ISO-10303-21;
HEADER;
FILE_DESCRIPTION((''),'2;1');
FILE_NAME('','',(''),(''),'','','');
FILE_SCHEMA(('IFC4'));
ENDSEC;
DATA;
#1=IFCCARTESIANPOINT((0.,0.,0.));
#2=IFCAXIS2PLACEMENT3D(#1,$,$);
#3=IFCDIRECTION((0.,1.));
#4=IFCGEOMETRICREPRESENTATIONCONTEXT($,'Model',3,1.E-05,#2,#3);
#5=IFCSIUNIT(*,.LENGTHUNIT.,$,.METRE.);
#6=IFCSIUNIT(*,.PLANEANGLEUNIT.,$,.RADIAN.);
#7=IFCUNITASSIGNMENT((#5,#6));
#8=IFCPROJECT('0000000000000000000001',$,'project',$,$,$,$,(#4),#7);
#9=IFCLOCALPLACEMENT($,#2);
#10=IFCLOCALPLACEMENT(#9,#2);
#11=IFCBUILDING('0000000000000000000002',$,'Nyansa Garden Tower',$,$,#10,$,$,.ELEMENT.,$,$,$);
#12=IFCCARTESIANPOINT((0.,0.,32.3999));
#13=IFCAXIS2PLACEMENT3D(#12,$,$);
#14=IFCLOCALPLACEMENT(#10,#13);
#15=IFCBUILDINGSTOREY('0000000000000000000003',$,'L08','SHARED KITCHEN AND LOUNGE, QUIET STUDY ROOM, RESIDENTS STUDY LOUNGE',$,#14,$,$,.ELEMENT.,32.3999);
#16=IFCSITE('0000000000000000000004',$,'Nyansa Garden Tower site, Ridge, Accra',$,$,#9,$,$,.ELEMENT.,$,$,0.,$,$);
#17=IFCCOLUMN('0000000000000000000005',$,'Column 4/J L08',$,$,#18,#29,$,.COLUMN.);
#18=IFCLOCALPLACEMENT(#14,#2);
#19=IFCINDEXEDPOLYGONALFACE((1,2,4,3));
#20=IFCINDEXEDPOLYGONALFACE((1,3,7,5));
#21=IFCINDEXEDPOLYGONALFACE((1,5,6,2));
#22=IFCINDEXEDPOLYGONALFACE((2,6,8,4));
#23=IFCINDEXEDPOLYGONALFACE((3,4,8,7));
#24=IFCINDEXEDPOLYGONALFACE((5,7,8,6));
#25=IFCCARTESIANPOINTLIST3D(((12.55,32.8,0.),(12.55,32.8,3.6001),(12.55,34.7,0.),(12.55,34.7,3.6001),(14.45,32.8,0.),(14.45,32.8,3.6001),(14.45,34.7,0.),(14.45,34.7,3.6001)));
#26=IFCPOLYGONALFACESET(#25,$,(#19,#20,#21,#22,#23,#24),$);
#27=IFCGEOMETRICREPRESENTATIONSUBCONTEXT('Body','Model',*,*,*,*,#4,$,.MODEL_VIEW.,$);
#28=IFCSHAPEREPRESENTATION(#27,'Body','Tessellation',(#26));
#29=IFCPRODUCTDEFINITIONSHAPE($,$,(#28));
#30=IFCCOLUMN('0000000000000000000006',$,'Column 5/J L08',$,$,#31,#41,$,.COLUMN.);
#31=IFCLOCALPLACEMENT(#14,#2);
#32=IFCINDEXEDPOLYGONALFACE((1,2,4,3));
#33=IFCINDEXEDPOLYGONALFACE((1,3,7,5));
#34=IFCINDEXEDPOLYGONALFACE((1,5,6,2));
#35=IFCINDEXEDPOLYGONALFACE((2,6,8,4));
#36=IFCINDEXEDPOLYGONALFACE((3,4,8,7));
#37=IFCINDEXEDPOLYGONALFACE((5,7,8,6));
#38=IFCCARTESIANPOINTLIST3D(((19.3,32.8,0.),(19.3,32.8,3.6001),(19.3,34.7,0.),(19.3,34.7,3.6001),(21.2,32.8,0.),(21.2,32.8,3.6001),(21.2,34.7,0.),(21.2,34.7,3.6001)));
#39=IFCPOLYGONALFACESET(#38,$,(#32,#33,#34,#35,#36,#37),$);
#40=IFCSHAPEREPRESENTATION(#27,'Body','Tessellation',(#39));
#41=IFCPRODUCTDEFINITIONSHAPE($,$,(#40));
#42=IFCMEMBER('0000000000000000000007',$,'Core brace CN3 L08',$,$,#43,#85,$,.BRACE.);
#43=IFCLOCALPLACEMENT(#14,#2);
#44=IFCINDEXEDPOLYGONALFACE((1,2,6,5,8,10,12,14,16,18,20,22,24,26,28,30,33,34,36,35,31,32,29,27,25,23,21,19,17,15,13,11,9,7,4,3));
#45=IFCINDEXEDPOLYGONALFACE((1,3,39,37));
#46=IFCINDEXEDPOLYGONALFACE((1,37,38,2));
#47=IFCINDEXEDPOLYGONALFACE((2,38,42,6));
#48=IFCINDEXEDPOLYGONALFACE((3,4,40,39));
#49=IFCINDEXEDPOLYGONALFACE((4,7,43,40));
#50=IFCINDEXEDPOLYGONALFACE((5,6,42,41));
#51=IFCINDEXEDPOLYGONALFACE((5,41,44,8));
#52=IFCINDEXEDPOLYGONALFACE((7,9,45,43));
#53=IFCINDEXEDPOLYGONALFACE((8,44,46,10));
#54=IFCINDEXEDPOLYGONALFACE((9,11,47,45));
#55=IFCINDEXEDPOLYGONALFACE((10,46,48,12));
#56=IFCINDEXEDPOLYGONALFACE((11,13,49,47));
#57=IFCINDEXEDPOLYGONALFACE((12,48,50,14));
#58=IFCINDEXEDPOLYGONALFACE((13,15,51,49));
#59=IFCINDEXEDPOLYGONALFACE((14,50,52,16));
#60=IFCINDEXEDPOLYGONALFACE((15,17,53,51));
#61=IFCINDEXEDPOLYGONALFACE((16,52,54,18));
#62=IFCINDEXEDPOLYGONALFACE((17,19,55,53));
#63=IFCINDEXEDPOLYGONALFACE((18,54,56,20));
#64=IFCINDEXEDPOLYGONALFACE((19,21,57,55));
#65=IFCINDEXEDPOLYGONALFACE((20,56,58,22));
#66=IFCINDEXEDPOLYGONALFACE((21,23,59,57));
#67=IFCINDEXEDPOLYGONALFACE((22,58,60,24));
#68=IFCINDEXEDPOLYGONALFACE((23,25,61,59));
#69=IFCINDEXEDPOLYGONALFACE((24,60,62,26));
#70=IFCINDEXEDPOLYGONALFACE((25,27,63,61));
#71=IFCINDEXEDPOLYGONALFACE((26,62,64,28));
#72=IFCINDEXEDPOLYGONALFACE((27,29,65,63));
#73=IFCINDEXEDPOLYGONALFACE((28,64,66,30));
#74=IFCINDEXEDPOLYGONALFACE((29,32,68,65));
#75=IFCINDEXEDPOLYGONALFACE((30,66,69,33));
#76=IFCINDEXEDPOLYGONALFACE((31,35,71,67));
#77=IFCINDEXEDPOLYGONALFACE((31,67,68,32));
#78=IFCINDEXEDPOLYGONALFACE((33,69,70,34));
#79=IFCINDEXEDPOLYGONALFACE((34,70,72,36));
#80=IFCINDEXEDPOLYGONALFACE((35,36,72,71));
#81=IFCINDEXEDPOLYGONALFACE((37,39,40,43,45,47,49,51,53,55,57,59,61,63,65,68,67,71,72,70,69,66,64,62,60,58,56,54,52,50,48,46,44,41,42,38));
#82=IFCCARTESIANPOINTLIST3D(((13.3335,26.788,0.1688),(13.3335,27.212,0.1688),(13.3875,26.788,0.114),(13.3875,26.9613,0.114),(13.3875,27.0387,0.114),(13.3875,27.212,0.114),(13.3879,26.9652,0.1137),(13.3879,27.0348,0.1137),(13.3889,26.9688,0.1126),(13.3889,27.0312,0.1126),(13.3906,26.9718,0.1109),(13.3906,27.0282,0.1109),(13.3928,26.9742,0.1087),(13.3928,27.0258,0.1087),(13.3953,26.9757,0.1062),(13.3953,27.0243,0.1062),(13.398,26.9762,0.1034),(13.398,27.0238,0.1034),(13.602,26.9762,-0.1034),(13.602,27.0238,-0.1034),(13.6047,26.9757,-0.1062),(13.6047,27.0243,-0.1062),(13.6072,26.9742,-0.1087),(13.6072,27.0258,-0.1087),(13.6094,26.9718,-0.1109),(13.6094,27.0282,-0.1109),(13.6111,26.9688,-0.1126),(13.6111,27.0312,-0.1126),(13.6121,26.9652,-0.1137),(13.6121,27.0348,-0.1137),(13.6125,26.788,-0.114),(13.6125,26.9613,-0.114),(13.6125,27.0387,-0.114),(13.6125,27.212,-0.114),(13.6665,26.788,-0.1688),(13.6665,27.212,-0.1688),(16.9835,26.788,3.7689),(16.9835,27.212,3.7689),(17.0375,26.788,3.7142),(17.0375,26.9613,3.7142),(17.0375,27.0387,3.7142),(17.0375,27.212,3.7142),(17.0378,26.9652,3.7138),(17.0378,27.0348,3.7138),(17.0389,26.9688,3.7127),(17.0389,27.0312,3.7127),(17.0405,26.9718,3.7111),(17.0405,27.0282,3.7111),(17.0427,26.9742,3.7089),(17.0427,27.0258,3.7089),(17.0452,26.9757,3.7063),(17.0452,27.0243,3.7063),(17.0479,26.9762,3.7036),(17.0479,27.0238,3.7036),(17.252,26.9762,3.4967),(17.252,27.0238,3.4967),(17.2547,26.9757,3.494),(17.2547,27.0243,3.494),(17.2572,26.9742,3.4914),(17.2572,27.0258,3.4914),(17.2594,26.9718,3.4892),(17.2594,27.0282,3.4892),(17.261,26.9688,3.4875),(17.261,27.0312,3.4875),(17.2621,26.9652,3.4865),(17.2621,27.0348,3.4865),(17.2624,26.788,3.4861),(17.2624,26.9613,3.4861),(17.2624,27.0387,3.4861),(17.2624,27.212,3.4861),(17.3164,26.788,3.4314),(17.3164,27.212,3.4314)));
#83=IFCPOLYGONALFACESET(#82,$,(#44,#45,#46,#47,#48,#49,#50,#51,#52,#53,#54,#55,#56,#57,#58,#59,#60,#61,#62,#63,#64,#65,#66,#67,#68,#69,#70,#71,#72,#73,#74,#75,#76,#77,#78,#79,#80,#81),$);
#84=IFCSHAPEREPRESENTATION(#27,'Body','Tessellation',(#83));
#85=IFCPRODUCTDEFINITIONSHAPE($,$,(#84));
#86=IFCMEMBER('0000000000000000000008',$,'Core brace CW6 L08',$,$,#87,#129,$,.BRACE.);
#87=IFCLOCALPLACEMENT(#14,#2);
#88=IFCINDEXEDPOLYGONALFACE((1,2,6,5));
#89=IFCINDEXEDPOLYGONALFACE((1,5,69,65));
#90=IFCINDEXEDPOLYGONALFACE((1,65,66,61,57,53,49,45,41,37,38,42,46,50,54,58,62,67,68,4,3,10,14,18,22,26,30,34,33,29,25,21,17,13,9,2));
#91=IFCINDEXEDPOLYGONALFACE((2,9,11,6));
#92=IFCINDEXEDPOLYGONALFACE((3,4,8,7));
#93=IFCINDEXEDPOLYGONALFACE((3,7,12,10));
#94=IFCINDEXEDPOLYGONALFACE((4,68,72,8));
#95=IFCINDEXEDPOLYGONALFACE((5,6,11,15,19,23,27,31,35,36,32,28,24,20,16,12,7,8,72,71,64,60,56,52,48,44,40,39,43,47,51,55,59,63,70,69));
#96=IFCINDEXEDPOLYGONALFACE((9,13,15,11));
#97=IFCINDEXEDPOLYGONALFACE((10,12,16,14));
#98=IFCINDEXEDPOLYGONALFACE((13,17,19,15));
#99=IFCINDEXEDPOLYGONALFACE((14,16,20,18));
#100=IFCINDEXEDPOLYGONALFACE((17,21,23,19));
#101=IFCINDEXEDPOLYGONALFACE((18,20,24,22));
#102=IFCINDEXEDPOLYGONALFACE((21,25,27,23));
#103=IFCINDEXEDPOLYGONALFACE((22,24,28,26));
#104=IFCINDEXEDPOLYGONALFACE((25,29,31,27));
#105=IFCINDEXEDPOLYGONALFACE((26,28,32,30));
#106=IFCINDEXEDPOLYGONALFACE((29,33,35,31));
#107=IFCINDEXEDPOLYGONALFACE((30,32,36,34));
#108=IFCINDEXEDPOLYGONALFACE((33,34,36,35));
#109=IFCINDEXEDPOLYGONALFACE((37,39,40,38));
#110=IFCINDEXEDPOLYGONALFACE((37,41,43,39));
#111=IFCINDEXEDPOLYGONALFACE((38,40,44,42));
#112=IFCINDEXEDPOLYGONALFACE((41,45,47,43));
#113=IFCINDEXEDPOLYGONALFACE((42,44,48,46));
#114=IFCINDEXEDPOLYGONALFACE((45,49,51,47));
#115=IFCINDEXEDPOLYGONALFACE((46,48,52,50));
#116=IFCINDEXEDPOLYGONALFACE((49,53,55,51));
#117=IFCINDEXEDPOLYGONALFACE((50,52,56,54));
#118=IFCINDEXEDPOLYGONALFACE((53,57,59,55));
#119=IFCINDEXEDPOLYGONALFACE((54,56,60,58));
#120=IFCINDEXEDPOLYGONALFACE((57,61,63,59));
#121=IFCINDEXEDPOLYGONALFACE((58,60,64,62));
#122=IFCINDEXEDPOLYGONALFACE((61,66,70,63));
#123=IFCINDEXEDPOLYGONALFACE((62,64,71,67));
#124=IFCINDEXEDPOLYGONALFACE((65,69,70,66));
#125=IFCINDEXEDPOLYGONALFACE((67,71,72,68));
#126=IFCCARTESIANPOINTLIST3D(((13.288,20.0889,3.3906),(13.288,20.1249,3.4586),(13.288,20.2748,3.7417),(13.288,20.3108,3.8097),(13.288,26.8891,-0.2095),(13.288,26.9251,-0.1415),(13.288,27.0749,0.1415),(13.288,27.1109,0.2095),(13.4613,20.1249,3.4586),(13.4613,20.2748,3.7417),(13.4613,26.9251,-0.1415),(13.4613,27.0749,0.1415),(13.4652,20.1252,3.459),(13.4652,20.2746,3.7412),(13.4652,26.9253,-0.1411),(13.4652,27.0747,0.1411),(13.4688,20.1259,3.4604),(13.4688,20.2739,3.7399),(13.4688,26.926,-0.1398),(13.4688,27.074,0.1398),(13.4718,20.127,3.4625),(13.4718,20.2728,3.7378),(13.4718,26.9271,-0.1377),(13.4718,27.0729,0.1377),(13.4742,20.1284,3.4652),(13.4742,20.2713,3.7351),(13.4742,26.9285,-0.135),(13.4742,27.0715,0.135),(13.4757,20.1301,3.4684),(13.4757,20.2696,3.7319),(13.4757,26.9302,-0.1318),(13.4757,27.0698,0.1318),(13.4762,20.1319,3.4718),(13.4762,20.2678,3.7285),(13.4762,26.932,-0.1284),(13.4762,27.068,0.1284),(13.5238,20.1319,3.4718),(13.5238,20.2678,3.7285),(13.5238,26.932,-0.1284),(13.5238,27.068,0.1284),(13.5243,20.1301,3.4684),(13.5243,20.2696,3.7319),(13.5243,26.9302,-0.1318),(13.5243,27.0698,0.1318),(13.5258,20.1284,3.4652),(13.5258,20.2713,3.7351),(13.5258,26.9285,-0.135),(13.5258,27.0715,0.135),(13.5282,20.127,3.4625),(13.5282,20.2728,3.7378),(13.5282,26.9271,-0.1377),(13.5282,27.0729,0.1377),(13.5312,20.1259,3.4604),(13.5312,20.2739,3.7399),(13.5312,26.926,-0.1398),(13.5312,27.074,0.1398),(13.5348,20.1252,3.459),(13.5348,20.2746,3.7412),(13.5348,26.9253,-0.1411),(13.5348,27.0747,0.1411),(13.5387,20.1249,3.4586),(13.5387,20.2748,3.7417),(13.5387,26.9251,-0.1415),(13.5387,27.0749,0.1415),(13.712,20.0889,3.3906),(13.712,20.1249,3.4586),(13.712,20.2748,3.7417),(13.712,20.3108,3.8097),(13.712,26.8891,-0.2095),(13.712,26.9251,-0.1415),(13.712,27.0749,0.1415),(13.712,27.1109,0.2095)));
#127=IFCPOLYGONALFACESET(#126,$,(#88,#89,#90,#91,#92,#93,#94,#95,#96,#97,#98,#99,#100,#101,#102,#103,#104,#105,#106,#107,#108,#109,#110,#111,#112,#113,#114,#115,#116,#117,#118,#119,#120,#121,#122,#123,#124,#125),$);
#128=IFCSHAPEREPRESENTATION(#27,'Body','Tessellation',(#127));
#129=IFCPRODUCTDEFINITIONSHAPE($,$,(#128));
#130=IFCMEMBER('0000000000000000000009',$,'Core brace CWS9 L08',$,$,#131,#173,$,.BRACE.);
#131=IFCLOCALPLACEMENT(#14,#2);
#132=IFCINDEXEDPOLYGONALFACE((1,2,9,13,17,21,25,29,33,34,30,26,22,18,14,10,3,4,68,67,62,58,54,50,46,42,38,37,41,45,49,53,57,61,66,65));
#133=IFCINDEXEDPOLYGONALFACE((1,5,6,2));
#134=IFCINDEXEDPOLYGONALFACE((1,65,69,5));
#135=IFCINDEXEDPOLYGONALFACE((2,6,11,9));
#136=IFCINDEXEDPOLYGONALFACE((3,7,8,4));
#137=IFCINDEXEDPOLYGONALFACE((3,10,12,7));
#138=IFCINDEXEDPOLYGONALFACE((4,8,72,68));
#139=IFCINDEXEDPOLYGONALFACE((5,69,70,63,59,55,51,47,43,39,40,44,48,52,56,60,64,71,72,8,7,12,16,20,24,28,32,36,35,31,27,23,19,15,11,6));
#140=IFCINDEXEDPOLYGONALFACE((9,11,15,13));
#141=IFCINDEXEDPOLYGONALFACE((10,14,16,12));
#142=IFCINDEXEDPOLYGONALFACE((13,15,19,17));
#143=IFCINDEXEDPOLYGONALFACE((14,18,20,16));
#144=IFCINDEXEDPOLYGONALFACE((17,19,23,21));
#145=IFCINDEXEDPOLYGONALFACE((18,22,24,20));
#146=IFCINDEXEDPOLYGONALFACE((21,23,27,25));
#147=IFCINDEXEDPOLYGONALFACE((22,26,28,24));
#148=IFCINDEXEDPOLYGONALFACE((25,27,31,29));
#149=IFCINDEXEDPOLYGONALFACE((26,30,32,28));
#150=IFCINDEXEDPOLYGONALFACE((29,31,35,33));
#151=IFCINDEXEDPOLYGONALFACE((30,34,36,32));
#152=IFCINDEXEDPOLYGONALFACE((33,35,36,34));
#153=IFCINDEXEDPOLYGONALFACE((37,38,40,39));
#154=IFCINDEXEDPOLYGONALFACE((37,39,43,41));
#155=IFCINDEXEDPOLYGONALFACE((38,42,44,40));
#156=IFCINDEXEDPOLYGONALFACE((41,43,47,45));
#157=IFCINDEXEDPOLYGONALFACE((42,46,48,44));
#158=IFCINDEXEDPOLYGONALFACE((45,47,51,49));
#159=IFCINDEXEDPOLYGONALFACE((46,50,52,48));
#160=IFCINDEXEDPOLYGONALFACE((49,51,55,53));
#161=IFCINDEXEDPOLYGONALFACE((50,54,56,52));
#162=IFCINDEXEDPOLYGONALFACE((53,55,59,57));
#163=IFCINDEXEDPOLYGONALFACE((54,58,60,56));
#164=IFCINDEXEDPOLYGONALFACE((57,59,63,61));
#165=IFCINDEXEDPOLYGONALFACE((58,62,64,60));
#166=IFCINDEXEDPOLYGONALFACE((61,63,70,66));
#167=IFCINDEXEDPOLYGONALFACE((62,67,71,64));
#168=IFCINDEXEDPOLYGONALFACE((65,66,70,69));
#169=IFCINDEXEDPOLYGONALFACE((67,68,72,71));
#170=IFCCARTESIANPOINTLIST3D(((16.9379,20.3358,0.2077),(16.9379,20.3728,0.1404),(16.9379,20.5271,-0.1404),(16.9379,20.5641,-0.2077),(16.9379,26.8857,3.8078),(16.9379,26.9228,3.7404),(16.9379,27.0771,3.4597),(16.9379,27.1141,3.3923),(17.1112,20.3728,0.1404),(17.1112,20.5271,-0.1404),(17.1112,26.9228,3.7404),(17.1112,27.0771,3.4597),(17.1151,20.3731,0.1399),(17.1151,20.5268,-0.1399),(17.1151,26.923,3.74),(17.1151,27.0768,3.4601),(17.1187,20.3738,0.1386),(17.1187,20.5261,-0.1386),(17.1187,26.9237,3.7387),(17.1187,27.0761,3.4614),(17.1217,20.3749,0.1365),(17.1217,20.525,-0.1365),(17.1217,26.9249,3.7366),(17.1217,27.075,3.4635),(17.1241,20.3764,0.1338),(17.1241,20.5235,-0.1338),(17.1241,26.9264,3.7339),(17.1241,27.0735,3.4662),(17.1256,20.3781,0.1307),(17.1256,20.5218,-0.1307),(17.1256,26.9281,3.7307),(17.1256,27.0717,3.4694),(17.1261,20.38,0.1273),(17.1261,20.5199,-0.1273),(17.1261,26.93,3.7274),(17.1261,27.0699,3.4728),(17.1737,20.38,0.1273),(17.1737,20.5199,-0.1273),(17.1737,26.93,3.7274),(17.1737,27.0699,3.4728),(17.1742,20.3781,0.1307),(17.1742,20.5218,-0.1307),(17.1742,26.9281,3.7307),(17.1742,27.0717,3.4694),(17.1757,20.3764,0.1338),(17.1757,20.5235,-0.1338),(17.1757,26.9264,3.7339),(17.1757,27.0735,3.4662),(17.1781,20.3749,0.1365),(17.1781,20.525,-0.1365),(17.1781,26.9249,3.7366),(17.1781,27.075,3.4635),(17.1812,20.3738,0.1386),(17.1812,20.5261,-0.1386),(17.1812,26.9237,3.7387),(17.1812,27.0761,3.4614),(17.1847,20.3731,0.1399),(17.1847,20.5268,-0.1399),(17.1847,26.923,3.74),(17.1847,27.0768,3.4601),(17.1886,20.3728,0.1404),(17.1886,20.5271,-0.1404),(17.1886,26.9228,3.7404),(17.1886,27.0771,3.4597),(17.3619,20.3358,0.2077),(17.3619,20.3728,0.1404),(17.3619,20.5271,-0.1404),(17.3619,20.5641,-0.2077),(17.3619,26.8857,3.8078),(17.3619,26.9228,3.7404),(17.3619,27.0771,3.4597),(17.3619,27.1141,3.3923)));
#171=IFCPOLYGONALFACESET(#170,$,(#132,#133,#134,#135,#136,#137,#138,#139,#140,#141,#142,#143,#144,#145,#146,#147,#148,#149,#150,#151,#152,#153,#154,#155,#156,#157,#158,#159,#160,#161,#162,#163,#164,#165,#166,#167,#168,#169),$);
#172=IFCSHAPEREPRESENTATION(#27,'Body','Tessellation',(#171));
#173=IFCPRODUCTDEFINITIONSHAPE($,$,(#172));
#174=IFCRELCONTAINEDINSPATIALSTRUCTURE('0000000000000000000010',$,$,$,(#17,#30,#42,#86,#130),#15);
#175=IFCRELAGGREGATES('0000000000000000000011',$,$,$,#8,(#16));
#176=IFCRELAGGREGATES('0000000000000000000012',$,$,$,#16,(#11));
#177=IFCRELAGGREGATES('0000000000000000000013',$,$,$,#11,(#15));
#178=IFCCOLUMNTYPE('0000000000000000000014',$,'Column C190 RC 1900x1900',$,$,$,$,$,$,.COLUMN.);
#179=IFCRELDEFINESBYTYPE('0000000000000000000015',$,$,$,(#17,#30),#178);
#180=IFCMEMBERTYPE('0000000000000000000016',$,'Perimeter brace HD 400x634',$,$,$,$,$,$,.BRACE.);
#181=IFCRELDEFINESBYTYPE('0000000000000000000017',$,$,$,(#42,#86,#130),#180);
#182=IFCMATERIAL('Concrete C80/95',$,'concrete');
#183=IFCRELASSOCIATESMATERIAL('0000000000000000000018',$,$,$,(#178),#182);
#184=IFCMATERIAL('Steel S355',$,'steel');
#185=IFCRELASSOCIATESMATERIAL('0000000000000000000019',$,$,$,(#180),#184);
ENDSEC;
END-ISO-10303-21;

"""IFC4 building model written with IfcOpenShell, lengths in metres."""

from ifc_helpers import new_model, si_unit, direction, frame, origin, origin_2d, place, context, subcontext, project, spatial, rectangle, i_section, extrude, material, material_profile, profile_set, type_object, element, save


model = new_model("IFC4")

# Units and contexts
model_context = context("Model", 3, precision=1e-05, world=origin(), true_north=direction((0.0, 1.0)))
body_context = subcontext(model_context, "Body", "Model", "MODEL_VIEW")
ifc_project = project(units=[si_unit("LENGTHUNIT", "METRE"), si_unit("PLANEANGLEUNIT", "RADIAN")], contexts=[model_context])

# Site, building, storey
site_placement = place(None, origin())
site = spatial("IfcSite", under=ifc_project, at=site_placement, Name="Nyansa Garden Tower site, Ridge, Accra", CompositionType="ELEMENT", RefElevation=0.0)
building_placement = place(site_placement, origin())
building = spatial("IfcBuilding", under=site, at=building_placement, Name="Nyansa Garden Tower", CompositionType="ELEMENT")
storey_placement = place(building_placement, frame((0.0, 0.0, 32.3999)))
storey = spatial("IfcBuildingStorey", under=building, at=storey_placement, Name="L08", Description="SHARED KITCHEN AND LOUNGE, QUIET STUDY ROOM, RESIDENTS STUDY LOUNGE", CompositionType="ELEMENT", Elevation=32.3999)

# Columns
ifc_material_1 = material(Name="Concrete C80/95", Category="concrete")
ifc_material_profile_1 = material_profile(ifc_material_1, rectangle(XDim=1.8999, YDim=1.8999, at=origin_2d()), Name="RC 1900x1900")
ifc_profile_set_1 = profile_set([ifc_material_profile_1], Name="Concrete C80/95")
column_type = type_object("IfcColumnType", Name="Column C190 RC 1900x1900", PredefinedType="COLUMN", material=ifc_profile_set_1)
for number, where, z_axis, x_axis, name in (
    (1, (13.5, 33.75, 0.0), (0.0, 0.0, 1.0), (1.0, 0.0, 0.0), "Column 4/J L08"),
    (2, (20.25, 33.75, 0.0), (0.0, 0.0, 1.0), (1.0, 0.0, 0.0), "Column 5/J L08"),
):
    element("IfcColumn", number, at=place(storey_placement, frame(where, z_axis=z_axis, x_axis=x_axis)), inside=storey, type_object=column_type, Name=name, PredefinedType="COLUMN", context=body_context, shape_type="SweptSolid", body=[
        extrude(rectangle(XDim=1.8999, YDim=1.8999, at=origin_2d()), origin(), (0.0, 0.0, 1.0), 3.6001),
    ])

# Members
ifc_material_2 = material(Name="Steel S355", Category="steel")
ifc_material_profile_2 = material_profile(ifc_material_2, i_section(OverallWidth=0.4241, OverallDepth=0.4741, WebThickness=0.0476, FlangeThickness=0.0769, FilletRadius=0.0149, at=origin_2d()), Name="HD 400x634")
ifc_profile_set_2 = profile_set([ifc_material_profile_2], Name="Steel S355")
member_type = type_object("IfcMemberType", Name="Perimeter brace HD 400x634", PredefinedType="BRACE", material=ifc_profile_set_2)
member_1_placement = place(storey_placement, frame((13.5, 27.0, 0.0), z_axis=(0.711948, 0.0, 0.702233), x_axis=(0.0, 1.0, 0.0)))
element("IfcMember", 3, at=member_1_placement, inside=storey, type_object=member_type, Name="Core brace CN3 L08", PredefinedType="BRACE", context=body_context, shape_type="SweptSolid", body=[
    extrude(i_section(OverallWidth=0.4241, OverallDepth=0.4741, WebThickness=0.0476, FlangeThickness=0.0769, FilletRadius=0.0149, at=origin_2d()), origin(), (0.0, 0.0, 1.0), 5.1267),
])
member_2_placement = place(storey_placement, frame((13.5, 27.0, 0.0), z_axis=(0.0, -0.883784, 0.467895), x_axis=(1.0, 0.0, 0.0)))
element("IfcMember", 4, at=member_2_placement, inside=storey, type_object=member_type, Name="Core brace CW6 L08", PredefinedType="BRACE", context=body_context, shape_type="SweptSolid", body=[
    extrude(i_section(OverallWidth=0.4241, OverallDepth=0.4741, WebThickness=0.0476, FlangeThickness=0.0769, FilletRadius=0.0149, at=origin_2d()), origin(), (0.0, 0.0, 1.0), 7.6943),
])
member_3_placement = place(storey_placement, frame((17.1499, 20.45, 0.0), z_axis=(0.0, 0.876353, 0.481669), x_axis=(-1.0, 0.0, 0.0)))
element("IfcMember", 5, at=member_3_placement, inside=storey, type_object=member_type, Name="Core brace CWS9 L08", PredefinedType="BRACE", context=body_context, shape_type="SweptSolid", body=[
    extrude(i_section(OverallWidth=0.4241, OverallDepth=0.4741, WebThickness=0.0476, FlangeThickness=0.0769, FilletRadius=0.0149, at=origin_2d()), origin(), (0.0, 0.0, 1.0), 7.4741),
])

save(model, "model.ifc")
